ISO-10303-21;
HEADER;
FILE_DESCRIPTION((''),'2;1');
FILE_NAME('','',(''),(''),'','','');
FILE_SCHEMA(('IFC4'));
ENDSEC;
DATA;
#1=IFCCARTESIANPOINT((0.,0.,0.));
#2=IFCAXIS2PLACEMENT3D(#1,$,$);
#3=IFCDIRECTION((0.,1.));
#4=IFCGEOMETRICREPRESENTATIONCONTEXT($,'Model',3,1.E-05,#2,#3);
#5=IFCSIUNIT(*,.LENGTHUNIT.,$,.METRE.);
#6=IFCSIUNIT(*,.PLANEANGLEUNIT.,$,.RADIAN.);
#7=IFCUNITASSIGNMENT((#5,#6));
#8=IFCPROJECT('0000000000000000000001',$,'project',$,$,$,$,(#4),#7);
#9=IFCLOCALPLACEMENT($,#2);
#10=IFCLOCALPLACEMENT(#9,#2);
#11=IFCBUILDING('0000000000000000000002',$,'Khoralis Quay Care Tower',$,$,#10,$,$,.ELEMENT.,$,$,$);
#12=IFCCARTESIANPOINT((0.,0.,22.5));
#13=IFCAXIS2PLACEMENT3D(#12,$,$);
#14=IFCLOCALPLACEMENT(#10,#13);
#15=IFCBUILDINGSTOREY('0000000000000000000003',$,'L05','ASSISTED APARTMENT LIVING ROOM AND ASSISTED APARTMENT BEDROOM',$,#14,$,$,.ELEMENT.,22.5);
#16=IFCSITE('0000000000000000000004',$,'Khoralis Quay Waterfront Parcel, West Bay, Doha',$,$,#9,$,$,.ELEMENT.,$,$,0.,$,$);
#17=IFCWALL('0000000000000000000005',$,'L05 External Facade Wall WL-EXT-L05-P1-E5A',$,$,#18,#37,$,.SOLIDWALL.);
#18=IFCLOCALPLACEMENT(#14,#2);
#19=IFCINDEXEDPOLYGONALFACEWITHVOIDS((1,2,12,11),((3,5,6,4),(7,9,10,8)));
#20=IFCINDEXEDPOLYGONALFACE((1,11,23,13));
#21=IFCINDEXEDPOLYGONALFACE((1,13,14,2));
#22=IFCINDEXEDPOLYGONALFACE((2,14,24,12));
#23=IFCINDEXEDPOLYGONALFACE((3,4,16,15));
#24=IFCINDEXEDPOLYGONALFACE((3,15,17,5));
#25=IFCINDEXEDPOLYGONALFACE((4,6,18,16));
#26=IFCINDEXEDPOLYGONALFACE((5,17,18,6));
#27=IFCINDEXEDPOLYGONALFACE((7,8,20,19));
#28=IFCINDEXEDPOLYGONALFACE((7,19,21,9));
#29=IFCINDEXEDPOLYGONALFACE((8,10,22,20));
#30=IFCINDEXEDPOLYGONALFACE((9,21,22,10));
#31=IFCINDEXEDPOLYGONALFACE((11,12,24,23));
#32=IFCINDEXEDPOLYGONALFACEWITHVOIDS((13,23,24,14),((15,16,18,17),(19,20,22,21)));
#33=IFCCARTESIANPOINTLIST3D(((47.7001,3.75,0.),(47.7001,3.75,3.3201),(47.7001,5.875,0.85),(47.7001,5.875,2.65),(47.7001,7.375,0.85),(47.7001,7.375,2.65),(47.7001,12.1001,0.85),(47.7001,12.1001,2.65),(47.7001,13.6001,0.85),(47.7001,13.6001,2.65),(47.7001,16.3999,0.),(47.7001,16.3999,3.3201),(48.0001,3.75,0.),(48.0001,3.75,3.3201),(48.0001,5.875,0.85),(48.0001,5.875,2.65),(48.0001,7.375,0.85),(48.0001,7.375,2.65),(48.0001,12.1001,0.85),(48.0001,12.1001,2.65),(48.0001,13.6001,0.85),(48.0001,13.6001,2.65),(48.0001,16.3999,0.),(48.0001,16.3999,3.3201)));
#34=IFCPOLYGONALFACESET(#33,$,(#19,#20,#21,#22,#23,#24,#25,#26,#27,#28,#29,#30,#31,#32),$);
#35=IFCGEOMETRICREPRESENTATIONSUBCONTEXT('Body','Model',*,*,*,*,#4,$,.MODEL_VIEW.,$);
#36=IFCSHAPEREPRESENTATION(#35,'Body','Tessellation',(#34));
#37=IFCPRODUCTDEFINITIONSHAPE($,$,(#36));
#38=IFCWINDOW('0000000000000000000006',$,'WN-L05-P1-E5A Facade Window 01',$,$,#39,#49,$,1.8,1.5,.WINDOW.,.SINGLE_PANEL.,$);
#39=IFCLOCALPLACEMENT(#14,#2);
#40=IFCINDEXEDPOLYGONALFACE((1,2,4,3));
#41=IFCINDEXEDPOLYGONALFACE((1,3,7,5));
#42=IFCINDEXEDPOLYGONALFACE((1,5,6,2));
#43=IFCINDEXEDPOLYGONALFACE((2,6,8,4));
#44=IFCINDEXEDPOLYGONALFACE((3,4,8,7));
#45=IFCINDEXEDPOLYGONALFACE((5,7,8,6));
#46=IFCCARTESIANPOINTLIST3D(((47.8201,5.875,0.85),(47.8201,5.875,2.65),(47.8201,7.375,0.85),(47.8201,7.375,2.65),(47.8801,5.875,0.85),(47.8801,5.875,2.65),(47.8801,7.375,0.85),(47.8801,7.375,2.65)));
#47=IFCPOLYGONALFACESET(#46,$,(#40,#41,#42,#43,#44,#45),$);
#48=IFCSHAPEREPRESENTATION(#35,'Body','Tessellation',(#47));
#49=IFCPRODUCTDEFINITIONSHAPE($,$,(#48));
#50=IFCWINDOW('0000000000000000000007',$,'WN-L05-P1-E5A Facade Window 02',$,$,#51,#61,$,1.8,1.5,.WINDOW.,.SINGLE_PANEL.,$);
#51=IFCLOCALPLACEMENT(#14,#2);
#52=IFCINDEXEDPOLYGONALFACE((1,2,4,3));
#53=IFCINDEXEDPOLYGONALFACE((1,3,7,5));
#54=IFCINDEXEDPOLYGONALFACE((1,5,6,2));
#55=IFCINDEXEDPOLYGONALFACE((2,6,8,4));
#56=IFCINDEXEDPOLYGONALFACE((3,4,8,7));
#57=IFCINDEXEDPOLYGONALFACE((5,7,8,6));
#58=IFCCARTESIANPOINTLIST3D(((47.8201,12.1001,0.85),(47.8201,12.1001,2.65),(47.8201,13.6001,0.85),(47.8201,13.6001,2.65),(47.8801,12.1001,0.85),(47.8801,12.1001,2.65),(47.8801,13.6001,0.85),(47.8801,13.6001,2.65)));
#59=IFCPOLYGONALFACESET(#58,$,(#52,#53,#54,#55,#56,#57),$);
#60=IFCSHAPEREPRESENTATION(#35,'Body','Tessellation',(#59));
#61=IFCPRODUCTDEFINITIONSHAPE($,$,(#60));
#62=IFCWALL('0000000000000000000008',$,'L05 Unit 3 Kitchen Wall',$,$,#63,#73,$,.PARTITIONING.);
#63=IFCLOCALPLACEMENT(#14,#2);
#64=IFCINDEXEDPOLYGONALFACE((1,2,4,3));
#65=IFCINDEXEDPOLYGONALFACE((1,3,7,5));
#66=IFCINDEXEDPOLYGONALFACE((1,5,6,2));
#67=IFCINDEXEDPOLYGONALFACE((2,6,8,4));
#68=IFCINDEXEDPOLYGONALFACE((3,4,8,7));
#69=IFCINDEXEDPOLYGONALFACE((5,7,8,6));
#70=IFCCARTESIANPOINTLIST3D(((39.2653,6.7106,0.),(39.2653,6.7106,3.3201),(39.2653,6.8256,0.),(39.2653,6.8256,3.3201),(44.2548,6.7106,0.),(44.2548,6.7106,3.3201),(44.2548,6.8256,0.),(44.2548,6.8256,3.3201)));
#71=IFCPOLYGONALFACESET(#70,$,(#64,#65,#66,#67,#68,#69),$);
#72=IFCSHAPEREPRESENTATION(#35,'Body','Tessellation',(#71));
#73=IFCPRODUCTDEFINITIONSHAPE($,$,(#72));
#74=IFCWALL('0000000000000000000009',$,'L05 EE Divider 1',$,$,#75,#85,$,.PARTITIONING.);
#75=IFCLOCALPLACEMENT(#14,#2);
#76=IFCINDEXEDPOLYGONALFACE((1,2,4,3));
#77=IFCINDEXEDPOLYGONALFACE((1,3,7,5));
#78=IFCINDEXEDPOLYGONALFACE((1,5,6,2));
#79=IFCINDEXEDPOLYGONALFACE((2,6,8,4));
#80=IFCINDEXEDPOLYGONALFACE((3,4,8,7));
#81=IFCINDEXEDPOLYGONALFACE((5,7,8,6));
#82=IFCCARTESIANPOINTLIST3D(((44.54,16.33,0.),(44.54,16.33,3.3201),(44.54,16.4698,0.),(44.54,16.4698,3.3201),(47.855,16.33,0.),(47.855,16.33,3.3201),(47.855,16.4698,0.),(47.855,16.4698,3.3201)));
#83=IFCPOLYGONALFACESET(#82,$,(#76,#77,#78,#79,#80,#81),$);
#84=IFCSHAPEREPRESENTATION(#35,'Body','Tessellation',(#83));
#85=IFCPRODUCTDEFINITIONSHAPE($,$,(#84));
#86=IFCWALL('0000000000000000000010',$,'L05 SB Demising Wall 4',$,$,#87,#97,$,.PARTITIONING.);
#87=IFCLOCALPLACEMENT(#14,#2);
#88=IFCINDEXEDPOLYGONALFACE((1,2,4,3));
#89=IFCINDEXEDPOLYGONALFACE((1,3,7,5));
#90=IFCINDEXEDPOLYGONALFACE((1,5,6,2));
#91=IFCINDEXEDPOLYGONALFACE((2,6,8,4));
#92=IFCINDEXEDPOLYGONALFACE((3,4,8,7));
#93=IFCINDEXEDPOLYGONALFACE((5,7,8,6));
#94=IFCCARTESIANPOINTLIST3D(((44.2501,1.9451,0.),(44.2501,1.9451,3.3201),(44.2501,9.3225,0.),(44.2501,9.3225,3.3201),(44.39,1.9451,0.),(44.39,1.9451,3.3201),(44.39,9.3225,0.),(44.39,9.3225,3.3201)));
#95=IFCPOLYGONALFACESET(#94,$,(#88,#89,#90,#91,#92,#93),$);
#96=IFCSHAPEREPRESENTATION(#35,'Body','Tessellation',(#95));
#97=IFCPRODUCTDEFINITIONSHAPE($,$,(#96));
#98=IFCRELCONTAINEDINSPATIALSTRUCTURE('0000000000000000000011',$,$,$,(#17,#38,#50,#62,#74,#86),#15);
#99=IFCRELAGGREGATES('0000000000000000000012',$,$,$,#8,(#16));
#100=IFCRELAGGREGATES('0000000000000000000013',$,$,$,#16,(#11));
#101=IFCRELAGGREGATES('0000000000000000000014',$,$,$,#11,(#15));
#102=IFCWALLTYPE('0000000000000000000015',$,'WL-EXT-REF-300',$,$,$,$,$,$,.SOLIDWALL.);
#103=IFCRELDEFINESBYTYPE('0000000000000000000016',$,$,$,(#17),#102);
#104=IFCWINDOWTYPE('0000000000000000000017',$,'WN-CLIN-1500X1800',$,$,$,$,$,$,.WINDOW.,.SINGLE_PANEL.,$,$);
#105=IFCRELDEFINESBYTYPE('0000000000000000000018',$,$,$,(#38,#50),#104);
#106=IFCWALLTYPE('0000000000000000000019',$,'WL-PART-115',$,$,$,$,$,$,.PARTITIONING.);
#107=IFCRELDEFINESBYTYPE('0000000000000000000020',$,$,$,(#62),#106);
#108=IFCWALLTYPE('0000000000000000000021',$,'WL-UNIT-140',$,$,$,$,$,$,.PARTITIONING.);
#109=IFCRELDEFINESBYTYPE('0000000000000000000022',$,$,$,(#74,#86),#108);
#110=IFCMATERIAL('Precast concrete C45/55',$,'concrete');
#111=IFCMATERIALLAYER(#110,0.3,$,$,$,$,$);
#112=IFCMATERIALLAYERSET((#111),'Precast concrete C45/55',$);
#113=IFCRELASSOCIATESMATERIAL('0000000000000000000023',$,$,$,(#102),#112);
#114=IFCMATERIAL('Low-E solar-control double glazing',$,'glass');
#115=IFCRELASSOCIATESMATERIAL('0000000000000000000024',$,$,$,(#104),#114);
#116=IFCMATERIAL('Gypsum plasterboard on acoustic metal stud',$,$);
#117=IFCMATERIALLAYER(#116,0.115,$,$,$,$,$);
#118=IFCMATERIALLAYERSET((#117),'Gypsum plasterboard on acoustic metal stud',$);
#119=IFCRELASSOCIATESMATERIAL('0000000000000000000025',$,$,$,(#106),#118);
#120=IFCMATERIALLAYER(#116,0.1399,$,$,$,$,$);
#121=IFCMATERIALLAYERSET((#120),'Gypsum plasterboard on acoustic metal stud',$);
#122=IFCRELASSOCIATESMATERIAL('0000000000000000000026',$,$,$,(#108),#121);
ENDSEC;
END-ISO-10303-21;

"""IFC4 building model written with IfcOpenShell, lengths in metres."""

from ifc_helpers import new_model, si_unit, direction, frame, frame_2d, origin, place, context, subcontext, project, spatial, rectangle, extrude, source, transform, mapped, material, layer, layer_set, type_object, element, fill, save


model = new_model("IFC4")

# Units and contexts
model_context = context("Model", 3, precision=1e-05, world=origin(), true_north=direction((0.0, 1.0)))
body_context = subcontext(model_context, "Body", "Model", "MODEL_VIEW")
ifc_project = project(units=[si_unit("LENGTHUNIT", "METRE"), si_unit("PLANEANGLEUNIT", "RADIAN")], contexts=[model_context])

# Site, building, storey
site_placement = place(None, origin())
site = spatial("IfcSite", under=ifc_project, at=site_placement, Name="Khoralis Quay Waterfront Parcel, West Bay, Doha", CompositionType="ELEMENT", RefElevation=0.0)
building_placement = place(site_placement, origin())
building = spatial("IfcBuilding", under=site, at=building_placement, Name="Khoralis Quay Care Tower", CompositionType="ELEMENT")
storey_placement = place(building_placement, frame((0.0, 0.0, 22.5)))
storey = spatial("IfcBuildingStorey", under=building, at=storey_placement, Name="L05", Description="ASSISTED APARTMENT LIVING ROOM AND ASSISTED APARTMENT BEDROOM", CompositionType="ELEMENT", Elevation=22.5)

# Shared definitions
ifc_material_1 = material(Name="Low-E solar-control double glazing", Category="glass")

# Shared definitions
ifc_material_2 = material(Name="Gypsum plasterboard on acoustic metal stud")

# Shared definitions
ifc_material_3 = material(Name="Precast concrete C45/55", Category="concrete")
ifc_layer_1 = layer(ifc_material_3, 0.3)
ifc_layer_set_1 = layer_set([ifc_layer_1], Name="Precast concrete C45/55")
wall_type_1 = type_object("IfcWallType", Name="WL-EXT-REF-300", PredefinedType="SOLIDWALL", material=ifc_layer_set_1)

# Wall, openings, windows
wall_1_placement = place(storey_placement, frame((47.8501, 3.75, 0.0), z_axis=(0.0, 0.0, 1.0), x_axis=(0.0, 1.0, 0.0)))
wall_1 = element("IfcWall", 1, at=wall_1_placement, inside=storey, type_object=wall_type_1, Name="L05 External Facade Wall WL-EXT-L05-P1-E5A", PredefinedType="SOLIDWALL", context=body_context, shape_type="SweptSolid", body=[
    extrude(rectangle(XDim=12.6499, YDim=0.3, at=frame_2d((6.325, 0.0))), origin(), (0.0, 0.0, 1.0), 3.3201),
])
opening_1_placement = place(wall_1_placement, frame((2.125, 0.0, 0.8501)))
opening_1 = element("IfcOpeningElement", 2, at=opening_1_placement, cuts=wall_1, PredefinedType="OPENING", context=body_context, shape_type="SweptSolid", body=[
    extrude(rectangle(XDim=1.5, YDim=1.8, at=frame_2d((0.75, 0.8999))), frame((0.0, 0.1602, 0.0), z_axis=(0.0, -1.0, 0.0), x_axis=(1.0, 0.0, 0.0)), (0.0, 0.0, 1.0), 0.3201),
])
opening_2_placement = place(wall_1_placement, frame((8.3501, 0.0, 0.8501)))
opening_2 = element("IfcOpeningElement", 3, at=opening_2_placement, cuts=wall_1, PredefinedType="OPENING", context=body_context, shape_type="SweptSolid", body=[
    extrude(rectangle(XDim=1.5, YDim=1.8, at=frame_2d((0.75, 0.8999))), frame((0.0, 0.1602, 0.0), z_axis=(0.0, -1.0, 0.0), x_axis=(1.0, 0.0, 0.0)), (0.0, 0.0, 1.0), 0.3201),
])
window_type = type_object("IfcWindowType", Name="WN-CLIN-1500X1800", PartitioningType="SINGLE_PANEL", PredefinedType="WINDOW", material=ifc_material_1)
shared_shape_1 = source(origin(), body_context, "Body", "SweptSolid", [
    extrude(rectangle(XDim=1.5, YDim=1.8, at=frame_2d((0.75, 0.8999))), frame((0.0, 0.03, 0.0), z_axis=(0.0, -1.0, 0.0), x_axis=(1.0, 0.0, 0.0)), (0.0, 0.0, 1.0), 0.0601),
])
window_1_placement = place(opening_1_placement, origin())
window_1 = element("IfcWindow", 4, at=window_1_placement, inside=storey, type_object=window_type, Name="WN-L05-P1-E5A Facade Window 01", OverallHeight=1.8, OverallWidth=1.5, PartitioningType="SINGLE_PANEL", PredefinedType="WINDOW", context=body_context, shape_type="MappedRepresentation", body=[
    mapped(shared_shape_1, transform((0.0, 0.0, 0.0), scale=1.0)),
])
fill(opening_1, window_1)
window_2_placement = place(opening_2_placement, origin())
window_2 = element("IfcWindow", 5, at=window_2_placement, inside=storey, type_object=window_type, Name="WN-L05-P1-E5A Facade Window 02", OverallHeight=1.8, OverallWidth=1.5, PartitioningType="SINGLE_PANEL", PredefinedType="WINDOW", context=body_context, shape_type="MappedRepresentation", body=[
    mapped(shared_shape_1, transform((0.0, 0.0, 0.0), scale=1.0)),
])
fill(opening_2, window_2)

# Walls
ifc_layer_2 = layer(ifc_material_2, 0.115)
ifc_layer_set_2 = layer_set([ifc_layer_2], Name="Gypsum plasterboard on acoustic metal stud")
wall_type_2 = type_object("IfcWallType", Name="WL-PART-115", PredefinedType="PARTITIONING", material=ifc_layer_set_2)
wall_2_placement = place(storey_placement, frame((39.2654, 6.7681, 0.0), z_axis=(0.0, 0.0, 1.0), x_axis=(1.0, 0.0, 0.0)))
element("IfcWall", 6, at=wall_2_placement, inside=storey, type_object=wall_type_2, Name="L05 Unit 3 Kitchen Wall", PredefinedType="PARTITIONING", context=body_context, shape_type="SweptSolid", body=[
    extrude(rectangle(XDim=4.9895, YDim=0.115, at=frame_2d((2.4946, 0.0))), origin(), (0.0, 0.0, 1.0), 3.3201),
])
ifc_layer_3 = layer(ifc_material_2, 0.1399)
ifc_layer_set_3 = layer_set([ifc_layer_3], Name="Gypsum plasterboard on acoustic metal stud")
wall_type_3 = type_object("IfcWallType", Name="WL-UNIT-140", PredefinedType="PARTITIONING", material=ifc_layer_set_3)
wall_3_placement = place(storey_placement, frame((44.54, 16.3999, 0.0), z_axis=(0.0, 0.0, 1.0), x_axis=(1.0, 0.0, 0.0)))
element("IfcWall", 7, at=wall_3_placement, inside=storey, type_object=wall_type_3, Name="L05 EE Divider 1", PredefinedType="PARTITIONING", context=body_context, shape_type="SweptSolid", body=[
    extrude(rectangle(XDim=3.3149, YDim=0.1399, at=frame_2d((1.6575, 0.0))), origin(), (0.0, 0.0, 1.0), 3.3201),
])
wall_4_placement = place(storey_placement, frame((44.3201, 1.9451, 0.0), z_axis=(0.0, 0.0, 1.0), x_axis=(0.0, 1.0, 0.0)))
element("IfcWall", 8, at=wall_4_placement, inside=storey, type_object=wall_type_3, Name="L05 SB Demising Wall 4", PredefinedType="PARTITIONING", context=body_context, shape_type="SweptSolid", body=[
    extrude(rectangle(XDim=7.3774, YDim=0.1399, at=frame_2d((3.6887, 0.0))), origin(), (0.0, 0.0, 1.0), 3.3201),
])

save(model, "model.ifc")
